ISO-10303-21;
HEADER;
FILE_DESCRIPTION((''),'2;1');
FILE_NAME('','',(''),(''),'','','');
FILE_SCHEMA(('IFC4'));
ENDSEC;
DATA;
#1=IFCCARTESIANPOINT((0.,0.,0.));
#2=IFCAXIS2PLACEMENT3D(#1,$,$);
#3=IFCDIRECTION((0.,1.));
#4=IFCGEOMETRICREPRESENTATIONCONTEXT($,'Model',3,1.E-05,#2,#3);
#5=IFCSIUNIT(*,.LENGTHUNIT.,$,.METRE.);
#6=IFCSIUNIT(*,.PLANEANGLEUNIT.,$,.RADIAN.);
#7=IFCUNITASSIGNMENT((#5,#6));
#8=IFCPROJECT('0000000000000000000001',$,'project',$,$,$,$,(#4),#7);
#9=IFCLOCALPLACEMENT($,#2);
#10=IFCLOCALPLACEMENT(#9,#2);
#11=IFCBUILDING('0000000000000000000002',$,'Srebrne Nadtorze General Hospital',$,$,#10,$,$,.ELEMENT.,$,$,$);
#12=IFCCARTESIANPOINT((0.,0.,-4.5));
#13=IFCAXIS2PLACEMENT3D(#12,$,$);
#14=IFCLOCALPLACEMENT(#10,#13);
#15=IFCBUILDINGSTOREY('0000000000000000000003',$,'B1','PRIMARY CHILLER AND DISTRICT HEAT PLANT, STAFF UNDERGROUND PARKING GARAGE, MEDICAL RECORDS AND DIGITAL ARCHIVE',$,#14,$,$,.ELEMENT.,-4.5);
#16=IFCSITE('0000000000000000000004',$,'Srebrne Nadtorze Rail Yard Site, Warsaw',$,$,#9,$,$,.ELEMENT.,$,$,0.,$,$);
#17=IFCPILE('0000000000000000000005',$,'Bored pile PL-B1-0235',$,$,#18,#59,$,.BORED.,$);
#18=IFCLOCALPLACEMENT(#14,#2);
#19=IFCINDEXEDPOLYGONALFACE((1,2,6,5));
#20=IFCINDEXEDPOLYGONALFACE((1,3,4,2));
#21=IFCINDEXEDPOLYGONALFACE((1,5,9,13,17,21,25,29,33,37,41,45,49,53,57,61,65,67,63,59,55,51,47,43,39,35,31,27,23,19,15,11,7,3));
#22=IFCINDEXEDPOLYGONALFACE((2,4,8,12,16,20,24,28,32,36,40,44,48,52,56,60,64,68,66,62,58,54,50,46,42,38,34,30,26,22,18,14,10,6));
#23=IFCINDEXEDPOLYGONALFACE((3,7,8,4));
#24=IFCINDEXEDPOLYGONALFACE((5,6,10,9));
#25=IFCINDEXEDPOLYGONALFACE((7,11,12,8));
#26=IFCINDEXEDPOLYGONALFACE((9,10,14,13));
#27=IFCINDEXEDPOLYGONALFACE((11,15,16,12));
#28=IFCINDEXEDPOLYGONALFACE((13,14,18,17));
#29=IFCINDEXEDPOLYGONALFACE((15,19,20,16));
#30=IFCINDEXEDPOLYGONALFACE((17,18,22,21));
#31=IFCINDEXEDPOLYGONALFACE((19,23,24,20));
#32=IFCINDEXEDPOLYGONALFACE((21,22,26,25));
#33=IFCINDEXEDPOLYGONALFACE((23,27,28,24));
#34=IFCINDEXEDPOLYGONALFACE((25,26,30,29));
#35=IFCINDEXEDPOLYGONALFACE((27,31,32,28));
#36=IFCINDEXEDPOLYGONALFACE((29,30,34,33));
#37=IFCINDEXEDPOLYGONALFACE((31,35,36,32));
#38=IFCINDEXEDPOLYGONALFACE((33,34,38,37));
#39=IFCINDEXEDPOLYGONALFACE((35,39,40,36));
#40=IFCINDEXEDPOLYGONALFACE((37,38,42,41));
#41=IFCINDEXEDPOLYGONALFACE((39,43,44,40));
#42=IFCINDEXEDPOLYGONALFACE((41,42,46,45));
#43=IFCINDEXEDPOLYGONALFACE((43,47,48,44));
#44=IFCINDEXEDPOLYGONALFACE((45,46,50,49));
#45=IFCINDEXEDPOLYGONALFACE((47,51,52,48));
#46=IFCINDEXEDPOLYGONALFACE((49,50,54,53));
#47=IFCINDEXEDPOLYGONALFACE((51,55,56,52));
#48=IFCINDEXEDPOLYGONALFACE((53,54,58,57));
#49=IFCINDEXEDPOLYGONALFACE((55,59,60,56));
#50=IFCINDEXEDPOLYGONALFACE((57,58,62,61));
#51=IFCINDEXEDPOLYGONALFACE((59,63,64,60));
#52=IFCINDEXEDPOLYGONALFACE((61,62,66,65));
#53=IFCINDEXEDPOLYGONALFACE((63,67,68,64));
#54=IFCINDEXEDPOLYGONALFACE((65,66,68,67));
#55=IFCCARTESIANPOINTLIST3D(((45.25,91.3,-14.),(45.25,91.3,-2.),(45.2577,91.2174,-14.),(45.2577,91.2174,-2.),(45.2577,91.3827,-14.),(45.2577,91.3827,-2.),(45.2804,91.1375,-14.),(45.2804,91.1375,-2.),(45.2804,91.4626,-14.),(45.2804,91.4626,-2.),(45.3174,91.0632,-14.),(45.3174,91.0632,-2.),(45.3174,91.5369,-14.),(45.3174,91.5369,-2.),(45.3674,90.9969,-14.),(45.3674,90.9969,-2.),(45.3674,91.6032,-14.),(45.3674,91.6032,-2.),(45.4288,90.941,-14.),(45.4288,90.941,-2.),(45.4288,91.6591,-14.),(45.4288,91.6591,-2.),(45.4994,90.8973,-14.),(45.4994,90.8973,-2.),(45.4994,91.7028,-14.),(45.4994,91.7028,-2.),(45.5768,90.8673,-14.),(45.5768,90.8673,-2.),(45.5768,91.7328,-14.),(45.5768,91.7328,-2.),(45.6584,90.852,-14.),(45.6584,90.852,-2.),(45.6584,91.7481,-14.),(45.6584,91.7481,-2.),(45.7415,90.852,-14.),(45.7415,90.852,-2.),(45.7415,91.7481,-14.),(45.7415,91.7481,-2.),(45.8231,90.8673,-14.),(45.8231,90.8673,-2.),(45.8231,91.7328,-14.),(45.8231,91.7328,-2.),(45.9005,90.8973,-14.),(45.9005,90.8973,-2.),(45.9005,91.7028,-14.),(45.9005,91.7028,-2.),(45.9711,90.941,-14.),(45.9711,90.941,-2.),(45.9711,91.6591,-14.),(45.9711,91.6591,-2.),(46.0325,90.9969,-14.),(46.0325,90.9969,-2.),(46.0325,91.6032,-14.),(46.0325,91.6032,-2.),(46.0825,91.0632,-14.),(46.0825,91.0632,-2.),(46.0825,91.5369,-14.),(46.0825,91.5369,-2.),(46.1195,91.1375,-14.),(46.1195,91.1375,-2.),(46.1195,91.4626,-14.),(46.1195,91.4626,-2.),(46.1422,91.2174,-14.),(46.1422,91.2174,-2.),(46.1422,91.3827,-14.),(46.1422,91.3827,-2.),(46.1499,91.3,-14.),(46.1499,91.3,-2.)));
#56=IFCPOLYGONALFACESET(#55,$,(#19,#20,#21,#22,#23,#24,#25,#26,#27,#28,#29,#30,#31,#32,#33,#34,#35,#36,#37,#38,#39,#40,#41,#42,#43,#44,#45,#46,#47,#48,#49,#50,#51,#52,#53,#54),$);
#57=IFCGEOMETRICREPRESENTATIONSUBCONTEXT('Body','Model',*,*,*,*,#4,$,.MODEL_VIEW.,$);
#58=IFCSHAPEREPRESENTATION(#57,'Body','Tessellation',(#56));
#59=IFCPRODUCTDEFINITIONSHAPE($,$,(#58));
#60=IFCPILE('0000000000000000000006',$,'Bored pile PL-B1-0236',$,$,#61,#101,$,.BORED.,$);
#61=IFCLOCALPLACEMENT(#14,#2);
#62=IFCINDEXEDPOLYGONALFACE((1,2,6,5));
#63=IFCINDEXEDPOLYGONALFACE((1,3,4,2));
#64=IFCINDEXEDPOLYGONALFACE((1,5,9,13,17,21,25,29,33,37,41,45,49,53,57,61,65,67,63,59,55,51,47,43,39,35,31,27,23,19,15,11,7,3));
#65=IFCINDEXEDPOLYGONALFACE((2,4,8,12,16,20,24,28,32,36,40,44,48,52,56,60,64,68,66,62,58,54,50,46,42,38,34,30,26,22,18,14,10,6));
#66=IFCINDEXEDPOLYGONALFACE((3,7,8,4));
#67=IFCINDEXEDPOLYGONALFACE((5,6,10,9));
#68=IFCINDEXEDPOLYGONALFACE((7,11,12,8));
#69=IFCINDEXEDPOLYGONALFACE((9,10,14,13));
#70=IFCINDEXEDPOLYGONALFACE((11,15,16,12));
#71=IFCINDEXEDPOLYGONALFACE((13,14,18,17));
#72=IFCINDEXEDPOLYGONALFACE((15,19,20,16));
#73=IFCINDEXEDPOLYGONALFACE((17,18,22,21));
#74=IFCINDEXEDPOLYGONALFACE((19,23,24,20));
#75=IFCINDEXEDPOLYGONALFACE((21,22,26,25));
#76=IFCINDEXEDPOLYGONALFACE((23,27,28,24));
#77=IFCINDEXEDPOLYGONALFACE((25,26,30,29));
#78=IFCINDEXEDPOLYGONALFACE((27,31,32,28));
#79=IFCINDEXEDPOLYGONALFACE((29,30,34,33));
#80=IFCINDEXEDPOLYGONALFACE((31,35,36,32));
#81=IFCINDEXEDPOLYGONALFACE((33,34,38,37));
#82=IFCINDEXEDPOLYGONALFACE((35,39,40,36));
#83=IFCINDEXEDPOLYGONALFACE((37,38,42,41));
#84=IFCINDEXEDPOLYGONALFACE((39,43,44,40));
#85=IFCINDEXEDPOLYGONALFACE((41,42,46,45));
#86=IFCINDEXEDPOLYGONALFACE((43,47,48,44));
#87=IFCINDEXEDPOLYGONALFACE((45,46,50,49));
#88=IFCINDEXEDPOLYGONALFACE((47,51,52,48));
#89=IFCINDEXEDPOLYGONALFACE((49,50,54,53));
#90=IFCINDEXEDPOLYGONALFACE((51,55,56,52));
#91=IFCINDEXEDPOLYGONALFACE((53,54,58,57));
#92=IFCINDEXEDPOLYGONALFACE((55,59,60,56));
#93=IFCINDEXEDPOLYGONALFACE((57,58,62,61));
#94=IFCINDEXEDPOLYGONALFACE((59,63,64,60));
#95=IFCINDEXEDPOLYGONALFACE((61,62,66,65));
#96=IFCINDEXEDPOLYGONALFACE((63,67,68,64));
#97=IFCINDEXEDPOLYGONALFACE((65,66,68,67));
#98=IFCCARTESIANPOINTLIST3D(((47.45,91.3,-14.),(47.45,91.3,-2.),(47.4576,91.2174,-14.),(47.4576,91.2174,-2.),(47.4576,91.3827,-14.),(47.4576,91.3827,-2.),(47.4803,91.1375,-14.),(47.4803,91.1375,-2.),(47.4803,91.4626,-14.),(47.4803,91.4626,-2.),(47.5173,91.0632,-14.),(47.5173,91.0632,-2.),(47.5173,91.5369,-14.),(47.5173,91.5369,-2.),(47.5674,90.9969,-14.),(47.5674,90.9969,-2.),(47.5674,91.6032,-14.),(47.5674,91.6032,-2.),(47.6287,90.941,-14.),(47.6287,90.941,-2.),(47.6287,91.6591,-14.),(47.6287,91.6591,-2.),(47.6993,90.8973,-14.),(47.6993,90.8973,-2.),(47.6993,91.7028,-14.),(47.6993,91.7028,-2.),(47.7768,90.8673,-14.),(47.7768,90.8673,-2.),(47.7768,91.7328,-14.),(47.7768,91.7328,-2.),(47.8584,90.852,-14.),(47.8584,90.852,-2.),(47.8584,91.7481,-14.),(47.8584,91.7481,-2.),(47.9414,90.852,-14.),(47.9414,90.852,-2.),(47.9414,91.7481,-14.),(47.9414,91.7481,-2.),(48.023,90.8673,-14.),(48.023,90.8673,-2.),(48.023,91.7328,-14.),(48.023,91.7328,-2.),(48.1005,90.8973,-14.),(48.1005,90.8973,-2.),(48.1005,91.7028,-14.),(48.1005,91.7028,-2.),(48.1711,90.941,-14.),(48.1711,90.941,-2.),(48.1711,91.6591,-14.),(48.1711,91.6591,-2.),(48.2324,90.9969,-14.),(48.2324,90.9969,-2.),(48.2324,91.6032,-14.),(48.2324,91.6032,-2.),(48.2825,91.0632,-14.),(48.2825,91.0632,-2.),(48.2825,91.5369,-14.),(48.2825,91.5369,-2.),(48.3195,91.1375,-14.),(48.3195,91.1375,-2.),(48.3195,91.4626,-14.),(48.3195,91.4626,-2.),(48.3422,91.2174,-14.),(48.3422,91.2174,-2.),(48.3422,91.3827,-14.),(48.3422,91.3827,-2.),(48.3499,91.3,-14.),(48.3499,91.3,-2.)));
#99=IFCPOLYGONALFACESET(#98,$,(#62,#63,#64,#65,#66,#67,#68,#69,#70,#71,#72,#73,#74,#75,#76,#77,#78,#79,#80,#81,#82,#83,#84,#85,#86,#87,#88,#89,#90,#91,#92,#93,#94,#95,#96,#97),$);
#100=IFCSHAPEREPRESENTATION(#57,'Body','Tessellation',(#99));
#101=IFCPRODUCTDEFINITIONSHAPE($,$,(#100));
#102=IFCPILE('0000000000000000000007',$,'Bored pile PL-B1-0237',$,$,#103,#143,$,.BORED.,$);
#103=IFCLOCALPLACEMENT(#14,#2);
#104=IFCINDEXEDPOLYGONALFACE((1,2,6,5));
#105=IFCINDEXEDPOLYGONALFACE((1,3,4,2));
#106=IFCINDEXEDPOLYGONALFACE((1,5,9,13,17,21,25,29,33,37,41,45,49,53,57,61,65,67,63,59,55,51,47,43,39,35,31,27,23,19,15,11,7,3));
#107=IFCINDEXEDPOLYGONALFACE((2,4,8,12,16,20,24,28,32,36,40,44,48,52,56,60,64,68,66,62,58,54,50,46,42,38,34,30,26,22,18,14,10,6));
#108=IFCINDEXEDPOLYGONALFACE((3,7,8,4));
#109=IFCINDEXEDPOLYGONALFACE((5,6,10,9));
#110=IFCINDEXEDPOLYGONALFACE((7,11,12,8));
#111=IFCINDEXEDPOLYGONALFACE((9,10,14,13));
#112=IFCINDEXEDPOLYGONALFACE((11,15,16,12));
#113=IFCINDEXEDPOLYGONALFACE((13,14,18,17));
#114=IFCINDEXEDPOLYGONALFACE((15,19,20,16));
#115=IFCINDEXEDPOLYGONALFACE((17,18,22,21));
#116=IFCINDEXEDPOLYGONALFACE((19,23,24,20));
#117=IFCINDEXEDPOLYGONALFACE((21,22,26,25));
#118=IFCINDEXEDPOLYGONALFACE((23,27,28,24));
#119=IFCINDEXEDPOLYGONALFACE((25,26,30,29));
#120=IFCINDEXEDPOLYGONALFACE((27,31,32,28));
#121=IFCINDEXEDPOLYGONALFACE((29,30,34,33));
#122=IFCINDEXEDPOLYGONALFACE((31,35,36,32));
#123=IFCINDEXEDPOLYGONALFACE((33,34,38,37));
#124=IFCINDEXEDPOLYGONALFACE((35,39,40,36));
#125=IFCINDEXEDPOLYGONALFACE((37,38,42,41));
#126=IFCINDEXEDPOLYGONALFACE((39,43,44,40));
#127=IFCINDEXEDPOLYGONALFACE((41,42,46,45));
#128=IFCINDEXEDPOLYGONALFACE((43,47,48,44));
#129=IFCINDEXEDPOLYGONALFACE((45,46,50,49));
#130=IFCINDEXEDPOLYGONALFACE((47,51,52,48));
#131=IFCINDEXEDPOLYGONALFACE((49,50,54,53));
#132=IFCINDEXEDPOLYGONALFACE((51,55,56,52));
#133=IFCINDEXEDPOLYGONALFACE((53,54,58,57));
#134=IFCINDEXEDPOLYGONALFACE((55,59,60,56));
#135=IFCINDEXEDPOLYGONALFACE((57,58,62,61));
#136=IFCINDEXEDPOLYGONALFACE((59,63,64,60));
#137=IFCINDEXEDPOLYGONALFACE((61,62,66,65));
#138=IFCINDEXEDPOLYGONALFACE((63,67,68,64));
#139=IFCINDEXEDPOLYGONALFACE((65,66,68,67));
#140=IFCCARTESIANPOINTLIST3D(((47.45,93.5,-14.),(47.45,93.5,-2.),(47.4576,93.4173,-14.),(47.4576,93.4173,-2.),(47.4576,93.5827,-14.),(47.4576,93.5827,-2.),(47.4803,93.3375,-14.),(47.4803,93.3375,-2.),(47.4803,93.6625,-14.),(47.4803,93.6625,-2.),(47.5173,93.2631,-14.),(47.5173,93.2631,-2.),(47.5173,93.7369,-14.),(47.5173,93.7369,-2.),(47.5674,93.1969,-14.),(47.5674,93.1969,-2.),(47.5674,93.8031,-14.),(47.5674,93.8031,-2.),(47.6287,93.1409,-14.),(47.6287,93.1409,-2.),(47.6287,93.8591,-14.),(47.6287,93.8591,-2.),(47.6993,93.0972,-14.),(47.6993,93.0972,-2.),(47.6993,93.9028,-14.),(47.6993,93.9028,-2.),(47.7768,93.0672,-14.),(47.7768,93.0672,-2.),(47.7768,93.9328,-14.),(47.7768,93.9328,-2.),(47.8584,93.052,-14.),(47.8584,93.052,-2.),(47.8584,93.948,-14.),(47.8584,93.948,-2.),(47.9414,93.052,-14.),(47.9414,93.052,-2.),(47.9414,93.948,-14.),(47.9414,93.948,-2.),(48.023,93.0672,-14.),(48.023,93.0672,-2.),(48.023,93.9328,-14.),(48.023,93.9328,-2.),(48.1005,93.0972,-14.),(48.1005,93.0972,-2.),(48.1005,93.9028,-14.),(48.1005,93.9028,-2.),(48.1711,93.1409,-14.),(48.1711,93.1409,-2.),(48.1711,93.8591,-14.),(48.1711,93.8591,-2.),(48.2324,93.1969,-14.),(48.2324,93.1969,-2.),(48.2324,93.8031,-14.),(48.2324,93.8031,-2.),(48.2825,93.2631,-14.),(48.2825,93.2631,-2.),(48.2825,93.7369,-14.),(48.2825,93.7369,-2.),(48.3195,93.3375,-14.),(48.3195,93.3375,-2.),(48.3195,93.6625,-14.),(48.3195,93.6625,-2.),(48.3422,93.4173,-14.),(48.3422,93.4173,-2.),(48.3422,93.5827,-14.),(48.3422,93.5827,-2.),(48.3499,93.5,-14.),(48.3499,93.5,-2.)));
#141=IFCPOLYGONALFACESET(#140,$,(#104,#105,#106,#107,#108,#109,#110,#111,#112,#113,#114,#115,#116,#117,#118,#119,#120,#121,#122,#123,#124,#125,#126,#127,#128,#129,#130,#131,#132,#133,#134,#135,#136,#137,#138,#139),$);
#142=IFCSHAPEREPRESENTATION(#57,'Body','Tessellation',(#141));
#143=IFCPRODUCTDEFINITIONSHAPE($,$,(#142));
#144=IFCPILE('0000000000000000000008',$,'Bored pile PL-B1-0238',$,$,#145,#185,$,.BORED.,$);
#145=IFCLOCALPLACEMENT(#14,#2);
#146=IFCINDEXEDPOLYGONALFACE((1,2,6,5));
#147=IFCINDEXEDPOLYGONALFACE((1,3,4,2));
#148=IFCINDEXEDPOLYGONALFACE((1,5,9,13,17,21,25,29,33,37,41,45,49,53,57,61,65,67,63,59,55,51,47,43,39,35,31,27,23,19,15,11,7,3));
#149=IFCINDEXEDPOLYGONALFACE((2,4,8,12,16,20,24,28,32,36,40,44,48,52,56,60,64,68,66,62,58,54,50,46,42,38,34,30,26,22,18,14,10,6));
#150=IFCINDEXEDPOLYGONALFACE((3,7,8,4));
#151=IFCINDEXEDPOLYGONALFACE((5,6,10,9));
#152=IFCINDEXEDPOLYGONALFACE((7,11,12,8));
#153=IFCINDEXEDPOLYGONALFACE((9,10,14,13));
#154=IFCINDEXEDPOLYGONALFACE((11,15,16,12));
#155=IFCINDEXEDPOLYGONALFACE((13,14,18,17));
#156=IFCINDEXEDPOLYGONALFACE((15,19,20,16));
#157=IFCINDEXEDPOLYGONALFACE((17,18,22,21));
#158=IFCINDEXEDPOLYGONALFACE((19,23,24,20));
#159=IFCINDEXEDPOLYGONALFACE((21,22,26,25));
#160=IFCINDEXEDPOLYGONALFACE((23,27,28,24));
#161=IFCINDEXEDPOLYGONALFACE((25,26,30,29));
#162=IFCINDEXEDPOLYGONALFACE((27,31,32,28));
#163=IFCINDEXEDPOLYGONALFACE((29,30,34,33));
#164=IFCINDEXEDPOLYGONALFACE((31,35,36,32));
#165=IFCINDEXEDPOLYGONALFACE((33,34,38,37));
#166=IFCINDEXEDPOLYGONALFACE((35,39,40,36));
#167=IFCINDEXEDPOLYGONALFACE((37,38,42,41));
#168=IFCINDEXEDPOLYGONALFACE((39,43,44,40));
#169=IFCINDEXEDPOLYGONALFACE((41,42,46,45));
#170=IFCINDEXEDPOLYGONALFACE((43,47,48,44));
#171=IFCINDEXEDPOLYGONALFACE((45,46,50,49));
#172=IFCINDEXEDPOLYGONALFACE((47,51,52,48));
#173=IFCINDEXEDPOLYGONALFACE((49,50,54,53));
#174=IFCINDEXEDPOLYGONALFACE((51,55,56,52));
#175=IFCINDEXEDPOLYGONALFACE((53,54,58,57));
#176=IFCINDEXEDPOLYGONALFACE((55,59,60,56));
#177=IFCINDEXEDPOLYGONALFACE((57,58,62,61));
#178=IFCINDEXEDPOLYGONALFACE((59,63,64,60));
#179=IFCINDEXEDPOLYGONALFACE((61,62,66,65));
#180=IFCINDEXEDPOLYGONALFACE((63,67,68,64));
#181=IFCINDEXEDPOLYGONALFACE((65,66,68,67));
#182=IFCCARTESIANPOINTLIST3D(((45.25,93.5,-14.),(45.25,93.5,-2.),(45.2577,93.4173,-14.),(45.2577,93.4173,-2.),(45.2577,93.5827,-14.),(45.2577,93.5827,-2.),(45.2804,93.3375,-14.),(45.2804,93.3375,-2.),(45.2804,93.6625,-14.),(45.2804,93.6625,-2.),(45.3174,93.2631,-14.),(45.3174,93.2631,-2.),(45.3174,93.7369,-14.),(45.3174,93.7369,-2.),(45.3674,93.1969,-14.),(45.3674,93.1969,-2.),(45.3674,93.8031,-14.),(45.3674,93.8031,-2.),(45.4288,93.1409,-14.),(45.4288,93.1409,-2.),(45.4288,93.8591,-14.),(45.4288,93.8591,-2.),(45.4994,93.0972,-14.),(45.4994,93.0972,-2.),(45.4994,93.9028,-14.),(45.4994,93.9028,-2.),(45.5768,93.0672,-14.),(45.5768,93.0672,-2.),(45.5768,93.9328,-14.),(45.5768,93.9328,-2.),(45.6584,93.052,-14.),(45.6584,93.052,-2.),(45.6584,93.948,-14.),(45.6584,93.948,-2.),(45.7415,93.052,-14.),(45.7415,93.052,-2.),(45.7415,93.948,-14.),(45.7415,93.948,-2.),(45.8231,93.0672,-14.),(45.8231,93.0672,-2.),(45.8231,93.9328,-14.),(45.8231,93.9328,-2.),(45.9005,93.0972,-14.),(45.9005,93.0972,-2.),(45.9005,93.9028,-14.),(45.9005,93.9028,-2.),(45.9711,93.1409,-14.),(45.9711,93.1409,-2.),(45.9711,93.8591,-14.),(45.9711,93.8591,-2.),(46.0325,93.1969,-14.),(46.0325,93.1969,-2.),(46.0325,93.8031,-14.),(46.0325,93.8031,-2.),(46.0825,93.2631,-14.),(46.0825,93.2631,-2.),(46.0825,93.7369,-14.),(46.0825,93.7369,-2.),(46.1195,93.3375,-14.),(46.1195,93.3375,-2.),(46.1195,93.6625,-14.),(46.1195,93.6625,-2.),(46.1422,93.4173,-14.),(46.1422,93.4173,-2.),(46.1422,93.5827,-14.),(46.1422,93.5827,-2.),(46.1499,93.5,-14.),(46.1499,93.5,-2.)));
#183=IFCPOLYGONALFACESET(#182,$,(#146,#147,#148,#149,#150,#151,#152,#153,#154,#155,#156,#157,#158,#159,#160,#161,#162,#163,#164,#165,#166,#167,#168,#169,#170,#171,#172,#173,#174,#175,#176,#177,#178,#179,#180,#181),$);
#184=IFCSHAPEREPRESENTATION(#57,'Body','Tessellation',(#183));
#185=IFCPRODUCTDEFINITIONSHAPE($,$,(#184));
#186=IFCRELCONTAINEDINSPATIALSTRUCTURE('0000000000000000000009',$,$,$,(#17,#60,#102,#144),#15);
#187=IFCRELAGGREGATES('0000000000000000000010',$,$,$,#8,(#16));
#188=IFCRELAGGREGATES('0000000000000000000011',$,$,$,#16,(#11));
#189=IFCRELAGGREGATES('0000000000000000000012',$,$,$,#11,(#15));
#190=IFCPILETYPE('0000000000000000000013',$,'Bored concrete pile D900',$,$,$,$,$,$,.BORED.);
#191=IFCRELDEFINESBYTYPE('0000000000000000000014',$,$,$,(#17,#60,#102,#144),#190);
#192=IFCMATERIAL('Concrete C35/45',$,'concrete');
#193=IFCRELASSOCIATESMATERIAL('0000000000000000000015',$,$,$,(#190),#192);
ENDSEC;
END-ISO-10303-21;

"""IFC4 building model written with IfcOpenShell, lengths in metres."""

from ifc_helpers import new_model, si_unit, direction, frame, origin, origin_2d, place, context, subcontext, project, spatial, circle, extrude, material, material_profile, profile_set, type_object, element, save


model = new_model("IFC4")

# Units and contexts
model_context = context("Model", 3, precision=1e-05, world=origin(), true_north=direction((0.0, 1.0)))
body_context = subcontext(model_context, "Body", "Model", "MODEL_VIEW")
ifc_project = project(units=[si_unit("LENGTHUNIT", "METRE"), si_unit("PLANEANGLEUNIT", "RADIAN")], contexts=[model_context])

# Site, building, storey
site_placement = place(None, origin())
site = spatial("IfcSite", under=ifc_project, at=site_placement, Name="Srebrne Nadtorze Rail Yard Site, Warsaw", CompositionType="ELEMENT", RefElevation=0.0)
building_placement = place(site_placement, origin())
building = spatial("IfcBuilding", under=site, at=building_placement, Name="Srebrne Nadtorze General Hospital", CompositionType="ELEMENT")
storey_placement = place(building_placement, frame((0.0, 0.0, -4.5)))
storey = spatial("IfcBuildingStorey", under=building, at=storey_placement, Name="B1", Description="PRIMARY CHILLER AND DISTRICT HEAT PLANT, STAFF UNDERGROUND PARKING GARAGE, MEDICAL RECORDS AND DIGITAL ARCHIVE", CompositionType="ELEMENT", Elevation=-4.5)

# Piles
ifc_material_1 = material(Name="Concrete C35/45", Category="concrete")
ifc_material_profile_1 = material_profile(ifc_material_1, circle(Radius=0.45, at=origin_2d()), Name="PILE-D900")
ifc_profile_set_1 = profile_set([ifc_material_profile_1], Name="Concrete C35/45")
pile_type_1 = type_object("IfcPileType", Name="Bored concrete pile D900", PredefinedType="BORED", material=ifc_profile_set_1)
for number, where, z_axis, x_axis, name in (
    (1, (45.7, 91.3, -2.0), (0.0, 0.0, -1.0), (1.0, 0.0, 0.0), "Bored pile PL-B1-0235"),
    (2, (47.8999, 91.3, -2.0), (0.0, 0.0, -1.0), (1.0, 0.0, 0.0), "Bored pile PL-B1-0236"),
    (3, (47.8999, 93.5, -2.0), (0.0, 0.0, -1.0), (1.0, 0.0, 0.0), "Bored pile PL-B1-0237"),
    (4, (45.7, 93.5, -2.0), (0.0, 0.0, -1.0), (1.0, 0.0, 0.0), "Bored pile PL-B1-0238"),
):
    element("IfcPile", number, at=place(storey_placement, frame(where, z_axis=z_axis, x_axis=x_axis)), inside=storey, type_object=pile_type_1, Name=name, PredefinedType="BORED", context=body_context, shape_type="SweptSolid", body=[
        extrude(circle(Radius=0.45, at=origin_2d()), origin(), (0.0, 0.0, 1.0), 12.0),
    ])

save(model, "model.ifc")
